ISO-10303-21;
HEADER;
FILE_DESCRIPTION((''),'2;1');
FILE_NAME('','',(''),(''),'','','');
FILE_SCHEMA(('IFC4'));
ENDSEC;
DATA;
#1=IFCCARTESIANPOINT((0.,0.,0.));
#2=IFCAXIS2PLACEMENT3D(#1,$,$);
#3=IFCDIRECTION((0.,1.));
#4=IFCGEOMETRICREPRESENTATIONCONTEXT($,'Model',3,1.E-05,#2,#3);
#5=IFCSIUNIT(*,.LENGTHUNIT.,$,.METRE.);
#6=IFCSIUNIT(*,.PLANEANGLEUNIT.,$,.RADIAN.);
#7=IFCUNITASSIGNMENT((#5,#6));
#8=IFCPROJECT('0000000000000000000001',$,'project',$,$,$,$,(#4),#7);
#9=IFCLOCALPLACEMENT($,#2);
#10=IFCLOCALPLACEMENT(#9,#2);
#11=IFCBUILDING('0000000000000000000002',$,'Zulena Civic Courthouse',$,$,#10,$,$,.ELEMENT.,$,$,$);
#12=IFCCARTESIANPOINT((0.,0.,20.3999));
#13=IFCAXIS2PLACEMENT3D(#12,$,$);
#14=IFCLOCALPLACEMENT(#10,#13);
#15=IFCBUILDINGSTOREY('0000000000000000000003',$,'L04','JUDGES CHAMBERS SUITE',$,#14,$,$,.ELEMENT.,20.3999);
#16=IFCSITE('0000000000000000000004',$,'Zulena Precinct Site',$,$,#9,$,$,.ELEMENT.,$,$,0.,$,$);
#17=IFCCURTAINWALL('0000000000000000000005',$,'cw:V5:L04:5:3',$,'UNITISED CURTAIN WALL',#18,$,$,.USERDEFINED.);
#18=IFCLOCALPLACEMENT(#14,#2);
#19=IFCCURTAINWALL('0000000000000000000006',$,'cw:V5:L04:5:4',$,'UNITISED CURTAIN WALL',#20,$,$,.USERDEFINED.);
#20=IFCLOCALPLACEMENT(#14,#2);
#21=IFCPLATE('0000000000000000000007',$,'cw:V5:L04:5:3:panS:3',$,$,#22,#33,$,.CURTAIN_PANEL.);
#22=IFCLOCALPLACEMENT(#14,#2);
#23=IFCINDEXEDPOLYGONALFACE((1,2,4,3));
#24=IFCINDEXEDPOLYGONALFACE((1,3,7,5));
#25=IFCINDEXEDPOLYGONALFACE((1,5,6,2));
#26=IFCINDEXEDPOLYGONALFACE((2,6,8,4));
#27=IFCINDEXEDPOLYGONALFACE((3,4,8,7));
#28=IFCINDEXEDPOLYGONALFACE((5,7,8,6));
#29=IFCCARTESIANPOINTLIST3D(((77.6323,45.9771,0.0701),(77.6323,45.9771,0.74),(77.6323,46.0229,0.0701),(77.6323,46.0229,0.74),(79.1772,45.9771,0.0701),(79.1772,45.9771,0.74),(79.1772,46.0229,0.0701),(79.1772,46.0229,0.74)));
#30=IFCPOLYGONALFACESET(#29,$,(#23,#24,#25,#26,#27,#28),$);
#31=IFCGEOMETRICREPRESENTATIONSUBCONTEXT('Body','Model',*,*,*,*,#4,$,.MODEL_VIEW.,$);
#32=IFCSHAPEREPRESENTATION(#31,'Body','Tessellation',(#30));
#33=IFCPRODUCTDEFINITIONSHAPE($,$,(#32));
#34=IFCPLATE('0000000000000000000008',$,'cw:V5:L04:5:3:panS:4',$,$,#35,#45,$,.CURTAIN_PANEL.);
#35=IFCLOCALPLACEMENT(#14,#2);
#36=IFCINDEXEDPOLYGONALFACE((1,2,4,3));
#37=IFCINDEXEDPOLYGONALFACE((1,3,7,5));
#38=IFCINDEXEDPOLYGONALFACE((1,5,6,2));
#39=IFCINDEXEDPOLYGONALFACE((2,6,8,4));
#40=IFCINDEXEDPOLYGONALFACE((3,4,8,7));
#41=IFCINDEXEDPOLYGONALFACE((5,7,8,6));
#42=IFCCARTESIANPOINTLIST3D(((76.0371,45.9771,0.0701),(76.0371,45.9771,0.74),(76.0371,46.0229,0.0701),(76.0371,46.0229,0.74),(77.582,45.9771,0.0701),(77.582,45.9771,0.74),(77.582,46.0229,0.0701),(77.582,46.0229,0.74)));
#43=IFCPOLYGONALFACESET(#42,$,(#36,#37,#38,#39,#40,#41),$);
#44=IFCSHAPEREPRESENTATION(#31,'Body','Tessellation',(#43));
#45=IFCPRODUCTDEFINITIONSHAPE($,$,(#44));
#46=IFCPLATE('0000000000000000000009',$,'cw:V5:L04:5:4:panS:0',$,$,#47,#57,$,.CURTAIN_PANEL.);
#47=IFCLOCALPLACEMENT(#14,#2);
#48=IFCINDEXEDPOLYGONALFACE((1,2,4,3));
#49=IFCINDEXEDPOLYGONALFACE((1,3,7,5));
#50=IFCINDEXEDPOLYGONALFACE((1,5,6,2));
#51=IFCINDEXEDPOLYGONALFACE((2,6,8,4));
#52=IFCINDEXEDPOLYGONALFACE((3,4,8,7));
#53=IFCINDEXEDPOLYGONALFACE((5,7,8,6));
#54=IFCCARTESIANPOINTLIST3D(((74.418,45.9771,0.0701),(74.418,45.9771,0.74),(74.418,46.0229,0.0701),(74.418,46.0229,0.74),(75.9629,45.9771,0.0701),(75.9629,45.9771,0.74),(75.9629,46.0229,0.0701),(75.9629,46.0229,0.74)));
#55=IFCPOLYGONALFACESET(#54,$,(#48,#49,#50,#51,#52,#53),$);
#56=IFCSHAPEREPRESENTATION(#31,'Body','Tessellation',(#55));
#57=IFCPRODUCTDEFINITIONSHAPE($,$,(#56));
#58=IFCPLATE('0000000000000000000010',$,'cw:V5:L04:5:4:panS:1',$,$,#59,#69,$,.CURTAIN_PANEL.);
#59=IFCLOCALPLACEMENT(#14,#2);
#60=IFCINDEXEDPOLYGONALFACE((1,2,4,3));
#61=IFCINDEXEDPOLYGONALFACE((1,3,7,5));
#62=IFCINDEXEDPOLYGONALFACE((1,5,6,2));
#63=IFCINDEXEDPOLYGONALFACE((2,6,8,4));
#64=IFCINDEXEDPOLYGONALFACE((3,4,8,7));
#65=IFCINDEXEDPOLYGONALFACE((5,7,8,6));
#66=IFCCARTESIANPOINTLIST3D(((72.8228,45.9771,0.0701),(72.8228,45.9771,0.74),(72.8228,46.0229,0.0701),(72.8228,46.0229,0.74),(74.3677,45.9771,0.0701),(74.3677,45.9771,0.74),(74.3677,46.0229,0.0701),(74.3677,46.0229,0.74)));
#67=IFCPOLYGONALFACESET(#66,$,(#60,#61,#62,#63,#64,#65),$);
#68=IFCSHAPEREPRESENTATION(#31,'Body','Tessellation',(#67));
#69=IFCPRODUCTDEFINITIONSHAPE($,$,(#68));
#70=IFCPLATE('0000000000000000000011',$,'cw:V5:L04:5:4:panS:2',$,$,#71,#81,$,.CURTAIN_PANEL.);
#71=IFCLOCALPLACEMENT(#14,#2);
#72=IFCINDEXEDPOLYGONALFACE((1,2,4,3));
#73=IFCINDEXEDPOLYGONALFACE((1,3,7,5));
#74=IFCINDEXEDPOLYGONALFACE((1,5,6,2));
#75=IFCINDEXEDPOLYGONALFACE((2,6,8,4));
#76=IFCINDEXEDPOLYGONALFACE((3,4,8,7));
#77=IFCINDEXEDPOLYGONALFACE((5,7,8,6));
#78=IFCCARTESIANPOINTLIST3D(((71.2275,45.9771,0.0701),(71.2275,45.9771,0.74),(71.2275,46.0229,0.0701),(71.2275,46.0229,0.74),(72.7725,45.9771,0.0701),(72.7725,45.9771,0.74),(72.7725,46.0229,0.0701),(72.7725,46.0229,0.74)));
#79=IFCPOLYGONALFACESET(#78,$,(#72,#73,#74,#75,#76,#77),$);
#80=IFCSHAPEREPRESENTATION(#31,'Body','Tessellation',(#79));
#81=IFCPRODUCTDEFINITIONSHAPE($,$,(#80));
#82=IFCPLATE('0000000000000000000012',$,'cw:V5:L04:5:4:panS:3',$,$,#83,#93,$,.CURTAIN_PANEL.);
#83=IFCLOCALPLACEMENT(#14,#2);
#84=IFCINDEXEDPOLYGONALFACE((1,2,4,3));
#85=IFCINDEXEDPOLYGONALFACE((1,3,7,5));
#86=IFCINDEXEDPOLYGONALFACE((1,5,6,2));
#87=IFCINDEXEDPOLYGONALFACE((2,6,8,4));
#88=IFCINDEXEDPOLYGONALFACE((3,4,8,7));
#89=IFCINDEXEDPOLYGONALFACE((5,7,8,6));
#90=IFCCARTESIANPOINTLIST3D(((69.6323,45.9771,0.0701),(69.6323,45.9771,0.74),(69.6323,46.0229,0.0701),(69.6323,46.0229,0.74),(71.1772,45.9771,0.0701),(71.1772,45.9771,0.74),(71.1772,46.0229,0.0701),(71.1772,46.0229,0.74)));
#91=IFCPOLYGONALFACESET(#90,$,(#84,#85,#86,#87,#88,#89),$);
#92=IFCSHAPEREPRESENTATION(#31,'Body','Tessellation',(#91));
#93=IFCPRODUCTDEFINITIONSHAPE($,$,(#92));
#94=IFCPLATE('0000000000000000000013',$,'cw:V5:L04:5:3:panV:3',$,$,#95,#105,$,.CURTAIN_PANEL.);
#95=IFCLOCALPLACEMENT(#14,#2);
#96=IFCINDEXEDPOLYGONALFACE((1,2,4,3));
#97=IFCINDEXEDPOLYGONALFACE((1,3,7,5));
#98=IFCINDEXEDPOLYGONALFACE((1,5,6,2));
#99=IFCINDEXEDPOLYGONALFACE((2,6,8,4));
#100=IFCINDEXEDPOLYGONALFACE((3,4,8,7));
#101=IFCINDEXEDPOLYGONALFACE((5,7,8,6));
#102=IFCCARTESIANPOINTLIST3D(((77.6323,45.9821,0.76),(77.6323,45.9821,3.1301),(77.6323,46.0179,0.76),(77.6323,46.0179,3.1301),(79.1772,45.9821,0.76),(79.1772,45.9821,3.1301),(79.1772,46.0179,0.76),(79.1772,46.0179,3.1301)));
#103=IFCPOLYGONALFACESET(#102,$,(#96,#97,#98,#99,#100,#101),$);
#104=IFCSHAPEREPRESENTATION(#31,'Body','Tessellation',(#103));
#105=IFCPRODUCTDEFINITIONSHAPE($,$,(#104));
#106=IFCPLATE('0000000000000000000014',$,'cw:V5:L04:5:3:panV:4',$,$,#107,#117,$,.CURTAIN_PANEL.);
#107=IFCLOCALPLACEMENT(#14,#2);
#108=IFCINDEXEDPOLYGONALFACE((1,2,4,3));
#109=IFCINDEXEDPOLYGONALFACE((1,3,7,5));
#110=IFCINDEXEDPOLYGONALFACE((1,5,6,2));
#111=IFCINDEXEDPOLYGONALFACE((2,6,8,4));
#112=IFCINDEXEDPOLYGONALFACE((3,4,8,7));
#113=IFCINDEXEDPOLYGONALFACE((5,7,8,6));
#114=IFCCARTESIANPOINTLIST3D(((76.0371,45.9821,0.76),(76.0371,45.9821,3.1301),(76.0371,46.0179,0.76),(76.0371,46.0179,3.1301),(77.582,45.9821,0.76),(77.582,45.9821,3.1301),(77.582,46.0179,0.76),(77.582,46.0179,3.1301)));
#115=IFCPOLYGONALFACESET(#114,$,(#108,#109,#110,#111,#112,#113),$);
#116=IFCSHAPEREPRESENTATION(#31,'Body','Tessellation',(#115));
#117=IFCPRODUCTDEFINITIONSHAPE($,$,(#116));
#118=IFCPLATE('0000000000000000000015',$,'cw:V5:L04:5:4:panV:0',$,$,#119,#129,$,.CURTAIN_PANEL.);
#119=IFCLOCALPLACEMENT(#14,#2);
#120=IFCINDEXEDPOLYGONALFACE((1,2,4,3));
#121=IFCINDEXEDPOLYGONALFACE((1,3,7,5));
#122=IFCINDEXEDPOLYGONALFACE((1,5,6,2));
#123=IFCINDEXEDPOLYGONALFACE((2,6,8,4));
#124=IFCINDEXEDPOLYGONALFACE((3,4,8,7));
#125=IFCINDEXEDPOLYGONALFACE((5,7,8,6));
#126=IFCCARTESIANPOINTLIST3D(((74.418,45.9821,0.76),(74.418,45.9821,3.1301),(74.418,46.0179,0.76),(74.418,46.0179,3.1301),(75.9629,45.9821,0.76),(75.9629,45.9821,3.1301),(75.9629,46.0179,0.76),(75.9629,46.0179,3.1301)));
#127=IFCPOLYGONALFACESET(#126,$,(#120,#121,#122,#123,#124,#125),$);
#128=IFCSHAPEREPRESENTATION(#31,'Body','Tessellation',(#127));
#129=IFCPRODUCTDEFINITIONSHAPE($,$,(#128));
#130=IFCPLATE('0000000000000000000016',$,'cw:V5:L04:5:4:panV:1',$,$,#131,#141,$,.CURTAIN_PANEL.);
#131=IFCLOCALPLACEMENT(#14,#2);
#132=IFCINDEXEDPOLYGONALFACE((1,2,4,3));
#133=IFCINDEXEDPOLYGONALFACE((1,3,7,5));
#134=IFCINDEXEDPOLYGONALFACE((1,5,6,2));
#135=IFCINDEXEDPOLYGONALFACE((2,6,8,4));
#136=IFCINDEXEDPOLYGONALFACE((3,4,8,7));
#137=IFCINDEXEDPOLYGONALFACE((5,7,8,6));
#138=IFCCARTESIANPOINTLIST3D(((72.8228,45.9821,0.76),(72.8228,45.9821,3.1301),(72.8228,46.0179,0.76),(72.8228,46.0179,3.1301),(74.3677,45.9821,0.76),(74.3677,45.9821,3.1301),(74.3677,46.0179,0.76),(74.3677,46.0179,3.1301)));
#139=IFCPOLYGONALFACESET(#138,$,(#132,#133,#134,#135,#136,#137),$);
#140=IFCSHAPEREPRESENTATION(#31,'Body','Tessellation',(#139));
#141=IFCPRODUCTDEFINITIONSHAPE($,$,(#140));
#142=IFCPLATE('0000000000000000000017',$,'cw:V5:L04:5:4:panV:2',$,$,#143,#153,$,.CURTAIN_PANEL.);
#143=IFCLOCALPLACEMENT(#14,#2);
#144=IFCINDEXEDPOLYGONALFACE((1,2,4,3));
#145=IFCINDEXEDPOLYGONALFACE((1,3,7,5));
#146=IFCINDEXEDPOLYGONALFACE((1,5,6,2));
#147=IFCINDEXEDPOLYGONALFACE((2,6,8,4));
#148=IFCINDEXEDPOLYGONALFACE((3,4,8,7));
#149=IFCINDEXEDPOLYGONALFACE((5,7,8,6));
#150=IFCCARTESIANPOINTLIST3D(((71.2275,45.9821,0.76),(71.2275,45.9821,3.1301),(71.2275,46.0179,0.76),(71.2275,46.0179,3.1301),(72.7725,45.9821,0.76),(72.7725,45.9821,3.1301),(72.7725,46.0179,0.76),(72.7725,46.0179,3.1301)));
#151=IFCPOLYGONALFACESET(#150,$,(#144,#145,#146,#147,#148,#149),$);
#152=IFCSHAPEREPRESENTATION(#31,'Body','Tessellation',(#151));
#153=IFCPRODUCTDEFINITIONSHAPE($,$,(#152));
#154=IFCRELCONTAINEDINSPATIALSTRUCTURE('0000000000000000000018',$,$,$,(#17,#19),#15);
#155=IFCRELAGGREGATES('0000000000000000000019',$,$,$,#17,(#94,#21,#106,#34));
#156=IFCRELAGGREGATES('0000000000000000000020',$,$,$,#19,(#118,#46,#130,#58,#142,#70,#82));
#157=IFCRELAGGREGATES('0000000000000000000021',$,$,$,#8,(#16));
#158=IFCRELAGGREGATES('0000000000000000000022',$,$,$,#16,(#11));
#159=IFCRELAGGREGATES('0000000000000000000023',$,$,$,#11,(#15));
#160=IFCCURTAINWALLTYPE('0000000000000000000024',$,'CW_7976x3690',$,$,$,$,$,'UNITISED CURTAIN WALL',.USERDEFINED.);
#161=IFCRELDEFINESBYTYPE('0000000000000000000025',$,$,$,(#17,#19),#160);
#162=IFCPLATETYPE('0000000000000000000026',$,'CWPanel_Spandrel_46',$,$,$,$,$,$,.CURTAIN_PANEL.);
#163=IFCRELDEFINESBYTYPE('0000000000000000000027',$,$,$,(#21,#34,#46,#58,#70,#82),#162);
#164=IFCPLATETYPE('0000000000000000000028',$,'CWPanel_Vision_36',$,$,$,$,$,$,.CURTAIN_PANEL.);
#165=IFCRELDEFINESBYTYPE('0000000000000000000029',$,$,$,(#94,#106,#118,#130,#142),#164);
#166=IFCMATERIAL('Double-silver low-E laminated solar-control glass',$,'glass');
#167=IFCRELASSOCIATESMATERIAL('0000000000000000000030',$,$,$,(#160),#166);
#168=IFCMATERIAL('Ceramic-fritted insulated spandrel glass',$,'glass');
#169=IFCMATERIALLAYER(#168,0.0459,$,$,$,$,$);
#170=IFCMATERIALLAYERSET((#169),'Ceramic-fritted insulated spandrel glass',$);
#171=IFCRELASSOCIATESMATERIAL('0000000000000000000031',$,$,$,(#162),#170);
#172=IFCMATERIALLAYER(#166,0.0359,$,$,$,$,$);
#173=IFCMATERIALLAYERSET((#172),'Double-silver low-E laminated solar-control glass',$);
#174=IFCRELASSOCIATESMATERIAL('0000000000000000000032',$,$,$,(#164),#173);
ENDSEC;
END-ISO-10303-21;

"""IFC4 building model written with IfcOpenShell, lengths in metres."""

from ifc_helpers import new_model, si_unit, direction, frame, origin, origin_2d, place, context, subcontext, project, spatial, rectangle, extrude, material, layer, layer_set, type_object, element, aggregate, save


model = new_model("IFC4")

# Units and contexts
model_context = context("Model", 3, precision=1e-05, world=origin(), true_north=direction((0.0, 1.0)))
body_context = subcontext(model_context, "Body", "Model", "MODEL_VIEW")
ifc_project = project(units=[si_unit("LENGTHUNIT", "METRE"), si_unit("PLANEANGLEUNIT", "RADIAN")], contexts=[model_context])

# Site, building, storey
site_placement = place(None, origin())
site = spatial("IfcSite", under=ifc_project, at=site_placement, Name="Zulena Precinct Site", CompositionType="ELEMENT", RefElevation=0.0)
building_placement = place(site_placement, origin())
building = spatial("IfcBuilding", under=site, at=building_placement, Name="Zulena Civic Courthouse", CompositionType="ELEMENT")
storey_placement = place(building_placement, frame((0.0, 0.0, 20.3999)))
storey = spatial("IfcBuildingStorey", under=building, at=storey_placement, Name="L04", Description="JUDGES CHAMBERS SUITE", CompositionType="ELEMENT", Elevation=20.3999)

# Curtain walls
ifc_material_1 = material(Name="Double-silver low-E laminated solar-control glass", Category="glass")
curtain_wall_type = type_object("IfcCurtainWallType", Name="CW_7976x3690", ElementType="UNITISED CURTAIN WALL", PredefinedType="USERDEFINED", material=ifc_material_1)
curtain_wall_1_placement = place(storey_placement, origin())
curtain_wall_1 = element("IfcCurtainWall", 1, at=curtain_wall_1_placement, inside=storey, type_object=curtain_wall_type, Name="cw:V5:L04:5:3", ObjectType="UNITISED CURTAIN WALL", PredefinedType="USERDEFINED")
curtain_wall_2_placement = place(storey_placement, origin())
curtain_wall_2 = element("IfcCurtainWall", 2, at=curtain_wall_2_placement, inside=storey, type_object=curtain_wall_type, Name="cw:V5:L04:5:4", ObjectType="UNITISED CURTAIN WALL", PredefinedType="USERDEFINED")

# Plates
ifc_material_2 = material(Name="Ceramic-fritted insulated spandrel glass", Category="glass")
ifc_layer_1 = layer(ifc_material_2, 0.0459)
ifc_layer_set_1 = layer_set([ifc_layer_1], Name="Ceramic-fritted insulated spandrel glass")
plate_type_1 = type_object("IfcPlateType", Name="CWPanel_Spandrel_46", PredefinedType="CURTAIN_PANEL", material=ifc_layer_set_1)
plate_1_placement = place(storey_placement, frame((78.4048, 46.0, 0.0701), z_axis=(0.0, 0.0, 1.0), x_axis=(-1.0, 0.0, 0.0)))
plate_1 = element("IfcPlate", 3, at=plate_1_placement, type_object=plate_type_1, Name="cw:V5:L04:5:3:panS:3", PredefinedType="CURTAIN_PANEL", context=body_context, shape_type="SweptSolid", body=[
    extrude(rectangle(XDim=1.5449, YDim=0.0459, at=origin_2d()), origin(), (0.0, 0.0, 1.0), 0.6699),
])
plate_2_placement = place(storey_placement, frame((76.8096, 46.0, 0.0701), z_axis=(0.0, 0.0, 1.0), x_axis=(-1.0, 0.0, 0.0)))
plate_2 = element("IfcPlate", 4, at=plate_2_placement, type_object=plate_type_1, Name="cw:V5:L04:5:3:panS:4", PredefinedType="CURTAIN_PANEL", context=body_context, shape_type="SweptSolid", body=[
    extrude(rectangle(XDim=1.5449, YDim=0.0459, at=origin_2d()), origin(), (0.0, 0.0, 1.0), 0.6699),
])
plate_3_placement = place(storey_placement, frame((75.1904, 46.0, 0.0701), z_axis=(0.0, 0.0, 1.0), x_axis=(-1.0, 0.0, 0.0)))
plate_3 = element("IfcPlate", 5, at=plate_3_placement, type_object=plate_type_1, Name="cw:V5:L04:5:4:panS:0", PredefinedType="CURTAIN_PANEL", context=body_context, shape_type="SweptSolid", body=[
    extrude(rectangle(XDim=1.5449, YDim=0.0459, at=origin_2d()), origin(), (0.0, 0.0, 1.0), 0.6699),
])
plate_4_placement = place(storey_placement, frame((73.5952, 46.0, 0.0701), z_axis=(0.0, 0.0, 1.0), x_axis=(-1.0, 0.0, 0.0)))
plate_4 = element("IfcPlate", 6, at=plate_4_placement, type_object=plate_type_1, Name="cw:V5:L04:5:4:panS:1", PredefinedType="CURTAIN_PANEL", context=body_context, shape_type="SweptSolid", body=[
    extrude(rectangle(XDim=1.5449, YDim=0.0459, at=origin_2d()), origin(), (0.0, 0.0, 1.0), 0.6699),
])
plate_5_placement = place(storey_placement, frame((72.0, 46.0, 0.0701), z_axis=(0.0, 0.0, 1.0), x_axis=(-1.0, 0.0, 0.0)))
plate_5 = element("IfcPlate", 7, at=plate_5_placement, type_object=plate_type_1, Name="cw:V5:L04:5:4:panS:2", PredefinedType="CURTAIN_PANEL", context=body_context, shape_type="SweptSolid", body=[
    extrude(rectangle(XDim=1.5449, YDim=0.0459, at=origin_2d()), origin(), (0.0, 0.0, 1.0), 0.6699),
])
plate_6_placement = place(storey_placement, frame((70.4048, 46.0, 0.0701), z_axis=(0.0, 0.0, 1.0), x_axis=(-1.0, 0.0, 0.0)))
plate_6 = element("IfcPlate", 8, at=plate_6_placement, type_object=plate_type_1, Name="cw:V5:L04:5:4:panS:3", PredefinedType="CURTAIN_PANEL", context=body_context, shape_type="SweptSolid", body=[
    extrude(rectangle(XDim=1.5449, YDim=0.0459, at=origin_2d()), origin(), (0.0, 0.0, 1.0), 0.6699),
])
ifc_layer_2 = layer(ifc_material_1, 0.0359)
ifc_layer_set_2 = layer_set([ifc_layer_2], Name="Double-silver low-E laminated solar-control glass")
plate_type_2 = type_object("IfcPlateType", Name="CWPanel_Vision_36", PredefinedType="CURTAIN_PANEL", material=ifc_layer_set_2)
plate_7_placement = place(storey_placement, frame((78.4048, 46.0, 0.76), z_axis=(0.0, 0.0, 1.0), x_axis=(-1.0, 0.0, 0.0)))
plate_7 = element("IfcPlate", 9, at=plate_7_placement, type_object=plate_type_2, Name="cw:V5:L04:5:3:panV:3", PredefinedType="CURTAIN_PANEL", context=body_context, shape_type="SweptSolid", body=[
    extrude(rectangle(XDim=1.5449, YDim=0.0359, at=origin_2d()), origin(), (0.0, 0.0, 1.0), 2.3701),
])
plate_8_placement = place(storey_placement, frame((76.8096, 46.0, 0.76), z_axis=(0.0, 0.0, 1.0), x_axis=(-1.0, 0.0, 0.0)))
plate_8 = element("IfcPlate", 10, at=plate_8_placement, type_object=plate_type_2, Name="cw:V5:L04:5:3:panV:4", PredefinedType="CURTAIN_PANEL", context=body_context, shape_type="SweptSolid", body=[
    extrude(rectangle(XDim=1.5449, YDim=0.0359, at=origin_2d()), origin(), (0.0, 0.0, 1.0), 2.3701),
])
aggregate(curtain_wall_1, [plate_7, plate_1, plate_8, plate_2])
plate_9_placement = place(storey_placement, frame((75.1904, 46.0, 0.76), z_axis=(0.0, 0.0, 1.0), x_axis=(-1.0, 0.0, 0.0)))
plate_9 = element("IfcPlate", 11, at=plate_9_placement, type_object=plate_type_2, Name="cw:V5:L04:5:4:panV:0", PredefinedType="CURTAIN_PANEL", context=body_context, shape_type="SweptSolid", body=[
    extrude(rectangle(XDim=1.5449, YDim=0.0359, at=origin_2d()), origin(), (0.0, 0.0, 1.0), 2.3701),
])
plate_10_placement = place(storey_placement, frame((73.5952, 46.0, 0.76), z_axis=(0.0, 0.0, 1.0), x_axis=(-1.0, 0.0, 0.0)))
plate_10 = element("IfcPlate", 12, at=plate_10_placement, type_object=plate_type_2, Name="cw:V5:L04:5:4:panV:1", PredefinedType="CURTAIN_PANEL", context=body_context, shape_type="SweptSolid", body=[
    extrude(rectangle(XDim=1.5449, YDim=0.0359, at=origin_2d()), origin(), (0.0, 0.0, 1.0), 2.3701),
])
plate_11_placement = place(storey_placement, frame((72.0, 46.0, 0.76), z_axis=(0.0, 0.0, 1.0), x_axis=(-1.0, 0.0, 0.0)))
plate_11 = element("IfcPlate", 13, at=plate_11_placement, type_object=plate_type_2, Name="cw:V5:L04:5:4:panV:2", PredefinedType="CURTAIN_PANEL", context=body_context, shape_type="SweptSolid", body=[
    extrude(rectangle(XDim=1.5449, YDim=0.0359, at=origin_2d()), origin(), (0.0, 0.0, 1.0), 2.3701),
])
aggregate(curtain_wall_2, [plate_9, plate_3, plate_10, plate_4, plate_11, plate_5, plate_6])

save(model, "model.ifc")
